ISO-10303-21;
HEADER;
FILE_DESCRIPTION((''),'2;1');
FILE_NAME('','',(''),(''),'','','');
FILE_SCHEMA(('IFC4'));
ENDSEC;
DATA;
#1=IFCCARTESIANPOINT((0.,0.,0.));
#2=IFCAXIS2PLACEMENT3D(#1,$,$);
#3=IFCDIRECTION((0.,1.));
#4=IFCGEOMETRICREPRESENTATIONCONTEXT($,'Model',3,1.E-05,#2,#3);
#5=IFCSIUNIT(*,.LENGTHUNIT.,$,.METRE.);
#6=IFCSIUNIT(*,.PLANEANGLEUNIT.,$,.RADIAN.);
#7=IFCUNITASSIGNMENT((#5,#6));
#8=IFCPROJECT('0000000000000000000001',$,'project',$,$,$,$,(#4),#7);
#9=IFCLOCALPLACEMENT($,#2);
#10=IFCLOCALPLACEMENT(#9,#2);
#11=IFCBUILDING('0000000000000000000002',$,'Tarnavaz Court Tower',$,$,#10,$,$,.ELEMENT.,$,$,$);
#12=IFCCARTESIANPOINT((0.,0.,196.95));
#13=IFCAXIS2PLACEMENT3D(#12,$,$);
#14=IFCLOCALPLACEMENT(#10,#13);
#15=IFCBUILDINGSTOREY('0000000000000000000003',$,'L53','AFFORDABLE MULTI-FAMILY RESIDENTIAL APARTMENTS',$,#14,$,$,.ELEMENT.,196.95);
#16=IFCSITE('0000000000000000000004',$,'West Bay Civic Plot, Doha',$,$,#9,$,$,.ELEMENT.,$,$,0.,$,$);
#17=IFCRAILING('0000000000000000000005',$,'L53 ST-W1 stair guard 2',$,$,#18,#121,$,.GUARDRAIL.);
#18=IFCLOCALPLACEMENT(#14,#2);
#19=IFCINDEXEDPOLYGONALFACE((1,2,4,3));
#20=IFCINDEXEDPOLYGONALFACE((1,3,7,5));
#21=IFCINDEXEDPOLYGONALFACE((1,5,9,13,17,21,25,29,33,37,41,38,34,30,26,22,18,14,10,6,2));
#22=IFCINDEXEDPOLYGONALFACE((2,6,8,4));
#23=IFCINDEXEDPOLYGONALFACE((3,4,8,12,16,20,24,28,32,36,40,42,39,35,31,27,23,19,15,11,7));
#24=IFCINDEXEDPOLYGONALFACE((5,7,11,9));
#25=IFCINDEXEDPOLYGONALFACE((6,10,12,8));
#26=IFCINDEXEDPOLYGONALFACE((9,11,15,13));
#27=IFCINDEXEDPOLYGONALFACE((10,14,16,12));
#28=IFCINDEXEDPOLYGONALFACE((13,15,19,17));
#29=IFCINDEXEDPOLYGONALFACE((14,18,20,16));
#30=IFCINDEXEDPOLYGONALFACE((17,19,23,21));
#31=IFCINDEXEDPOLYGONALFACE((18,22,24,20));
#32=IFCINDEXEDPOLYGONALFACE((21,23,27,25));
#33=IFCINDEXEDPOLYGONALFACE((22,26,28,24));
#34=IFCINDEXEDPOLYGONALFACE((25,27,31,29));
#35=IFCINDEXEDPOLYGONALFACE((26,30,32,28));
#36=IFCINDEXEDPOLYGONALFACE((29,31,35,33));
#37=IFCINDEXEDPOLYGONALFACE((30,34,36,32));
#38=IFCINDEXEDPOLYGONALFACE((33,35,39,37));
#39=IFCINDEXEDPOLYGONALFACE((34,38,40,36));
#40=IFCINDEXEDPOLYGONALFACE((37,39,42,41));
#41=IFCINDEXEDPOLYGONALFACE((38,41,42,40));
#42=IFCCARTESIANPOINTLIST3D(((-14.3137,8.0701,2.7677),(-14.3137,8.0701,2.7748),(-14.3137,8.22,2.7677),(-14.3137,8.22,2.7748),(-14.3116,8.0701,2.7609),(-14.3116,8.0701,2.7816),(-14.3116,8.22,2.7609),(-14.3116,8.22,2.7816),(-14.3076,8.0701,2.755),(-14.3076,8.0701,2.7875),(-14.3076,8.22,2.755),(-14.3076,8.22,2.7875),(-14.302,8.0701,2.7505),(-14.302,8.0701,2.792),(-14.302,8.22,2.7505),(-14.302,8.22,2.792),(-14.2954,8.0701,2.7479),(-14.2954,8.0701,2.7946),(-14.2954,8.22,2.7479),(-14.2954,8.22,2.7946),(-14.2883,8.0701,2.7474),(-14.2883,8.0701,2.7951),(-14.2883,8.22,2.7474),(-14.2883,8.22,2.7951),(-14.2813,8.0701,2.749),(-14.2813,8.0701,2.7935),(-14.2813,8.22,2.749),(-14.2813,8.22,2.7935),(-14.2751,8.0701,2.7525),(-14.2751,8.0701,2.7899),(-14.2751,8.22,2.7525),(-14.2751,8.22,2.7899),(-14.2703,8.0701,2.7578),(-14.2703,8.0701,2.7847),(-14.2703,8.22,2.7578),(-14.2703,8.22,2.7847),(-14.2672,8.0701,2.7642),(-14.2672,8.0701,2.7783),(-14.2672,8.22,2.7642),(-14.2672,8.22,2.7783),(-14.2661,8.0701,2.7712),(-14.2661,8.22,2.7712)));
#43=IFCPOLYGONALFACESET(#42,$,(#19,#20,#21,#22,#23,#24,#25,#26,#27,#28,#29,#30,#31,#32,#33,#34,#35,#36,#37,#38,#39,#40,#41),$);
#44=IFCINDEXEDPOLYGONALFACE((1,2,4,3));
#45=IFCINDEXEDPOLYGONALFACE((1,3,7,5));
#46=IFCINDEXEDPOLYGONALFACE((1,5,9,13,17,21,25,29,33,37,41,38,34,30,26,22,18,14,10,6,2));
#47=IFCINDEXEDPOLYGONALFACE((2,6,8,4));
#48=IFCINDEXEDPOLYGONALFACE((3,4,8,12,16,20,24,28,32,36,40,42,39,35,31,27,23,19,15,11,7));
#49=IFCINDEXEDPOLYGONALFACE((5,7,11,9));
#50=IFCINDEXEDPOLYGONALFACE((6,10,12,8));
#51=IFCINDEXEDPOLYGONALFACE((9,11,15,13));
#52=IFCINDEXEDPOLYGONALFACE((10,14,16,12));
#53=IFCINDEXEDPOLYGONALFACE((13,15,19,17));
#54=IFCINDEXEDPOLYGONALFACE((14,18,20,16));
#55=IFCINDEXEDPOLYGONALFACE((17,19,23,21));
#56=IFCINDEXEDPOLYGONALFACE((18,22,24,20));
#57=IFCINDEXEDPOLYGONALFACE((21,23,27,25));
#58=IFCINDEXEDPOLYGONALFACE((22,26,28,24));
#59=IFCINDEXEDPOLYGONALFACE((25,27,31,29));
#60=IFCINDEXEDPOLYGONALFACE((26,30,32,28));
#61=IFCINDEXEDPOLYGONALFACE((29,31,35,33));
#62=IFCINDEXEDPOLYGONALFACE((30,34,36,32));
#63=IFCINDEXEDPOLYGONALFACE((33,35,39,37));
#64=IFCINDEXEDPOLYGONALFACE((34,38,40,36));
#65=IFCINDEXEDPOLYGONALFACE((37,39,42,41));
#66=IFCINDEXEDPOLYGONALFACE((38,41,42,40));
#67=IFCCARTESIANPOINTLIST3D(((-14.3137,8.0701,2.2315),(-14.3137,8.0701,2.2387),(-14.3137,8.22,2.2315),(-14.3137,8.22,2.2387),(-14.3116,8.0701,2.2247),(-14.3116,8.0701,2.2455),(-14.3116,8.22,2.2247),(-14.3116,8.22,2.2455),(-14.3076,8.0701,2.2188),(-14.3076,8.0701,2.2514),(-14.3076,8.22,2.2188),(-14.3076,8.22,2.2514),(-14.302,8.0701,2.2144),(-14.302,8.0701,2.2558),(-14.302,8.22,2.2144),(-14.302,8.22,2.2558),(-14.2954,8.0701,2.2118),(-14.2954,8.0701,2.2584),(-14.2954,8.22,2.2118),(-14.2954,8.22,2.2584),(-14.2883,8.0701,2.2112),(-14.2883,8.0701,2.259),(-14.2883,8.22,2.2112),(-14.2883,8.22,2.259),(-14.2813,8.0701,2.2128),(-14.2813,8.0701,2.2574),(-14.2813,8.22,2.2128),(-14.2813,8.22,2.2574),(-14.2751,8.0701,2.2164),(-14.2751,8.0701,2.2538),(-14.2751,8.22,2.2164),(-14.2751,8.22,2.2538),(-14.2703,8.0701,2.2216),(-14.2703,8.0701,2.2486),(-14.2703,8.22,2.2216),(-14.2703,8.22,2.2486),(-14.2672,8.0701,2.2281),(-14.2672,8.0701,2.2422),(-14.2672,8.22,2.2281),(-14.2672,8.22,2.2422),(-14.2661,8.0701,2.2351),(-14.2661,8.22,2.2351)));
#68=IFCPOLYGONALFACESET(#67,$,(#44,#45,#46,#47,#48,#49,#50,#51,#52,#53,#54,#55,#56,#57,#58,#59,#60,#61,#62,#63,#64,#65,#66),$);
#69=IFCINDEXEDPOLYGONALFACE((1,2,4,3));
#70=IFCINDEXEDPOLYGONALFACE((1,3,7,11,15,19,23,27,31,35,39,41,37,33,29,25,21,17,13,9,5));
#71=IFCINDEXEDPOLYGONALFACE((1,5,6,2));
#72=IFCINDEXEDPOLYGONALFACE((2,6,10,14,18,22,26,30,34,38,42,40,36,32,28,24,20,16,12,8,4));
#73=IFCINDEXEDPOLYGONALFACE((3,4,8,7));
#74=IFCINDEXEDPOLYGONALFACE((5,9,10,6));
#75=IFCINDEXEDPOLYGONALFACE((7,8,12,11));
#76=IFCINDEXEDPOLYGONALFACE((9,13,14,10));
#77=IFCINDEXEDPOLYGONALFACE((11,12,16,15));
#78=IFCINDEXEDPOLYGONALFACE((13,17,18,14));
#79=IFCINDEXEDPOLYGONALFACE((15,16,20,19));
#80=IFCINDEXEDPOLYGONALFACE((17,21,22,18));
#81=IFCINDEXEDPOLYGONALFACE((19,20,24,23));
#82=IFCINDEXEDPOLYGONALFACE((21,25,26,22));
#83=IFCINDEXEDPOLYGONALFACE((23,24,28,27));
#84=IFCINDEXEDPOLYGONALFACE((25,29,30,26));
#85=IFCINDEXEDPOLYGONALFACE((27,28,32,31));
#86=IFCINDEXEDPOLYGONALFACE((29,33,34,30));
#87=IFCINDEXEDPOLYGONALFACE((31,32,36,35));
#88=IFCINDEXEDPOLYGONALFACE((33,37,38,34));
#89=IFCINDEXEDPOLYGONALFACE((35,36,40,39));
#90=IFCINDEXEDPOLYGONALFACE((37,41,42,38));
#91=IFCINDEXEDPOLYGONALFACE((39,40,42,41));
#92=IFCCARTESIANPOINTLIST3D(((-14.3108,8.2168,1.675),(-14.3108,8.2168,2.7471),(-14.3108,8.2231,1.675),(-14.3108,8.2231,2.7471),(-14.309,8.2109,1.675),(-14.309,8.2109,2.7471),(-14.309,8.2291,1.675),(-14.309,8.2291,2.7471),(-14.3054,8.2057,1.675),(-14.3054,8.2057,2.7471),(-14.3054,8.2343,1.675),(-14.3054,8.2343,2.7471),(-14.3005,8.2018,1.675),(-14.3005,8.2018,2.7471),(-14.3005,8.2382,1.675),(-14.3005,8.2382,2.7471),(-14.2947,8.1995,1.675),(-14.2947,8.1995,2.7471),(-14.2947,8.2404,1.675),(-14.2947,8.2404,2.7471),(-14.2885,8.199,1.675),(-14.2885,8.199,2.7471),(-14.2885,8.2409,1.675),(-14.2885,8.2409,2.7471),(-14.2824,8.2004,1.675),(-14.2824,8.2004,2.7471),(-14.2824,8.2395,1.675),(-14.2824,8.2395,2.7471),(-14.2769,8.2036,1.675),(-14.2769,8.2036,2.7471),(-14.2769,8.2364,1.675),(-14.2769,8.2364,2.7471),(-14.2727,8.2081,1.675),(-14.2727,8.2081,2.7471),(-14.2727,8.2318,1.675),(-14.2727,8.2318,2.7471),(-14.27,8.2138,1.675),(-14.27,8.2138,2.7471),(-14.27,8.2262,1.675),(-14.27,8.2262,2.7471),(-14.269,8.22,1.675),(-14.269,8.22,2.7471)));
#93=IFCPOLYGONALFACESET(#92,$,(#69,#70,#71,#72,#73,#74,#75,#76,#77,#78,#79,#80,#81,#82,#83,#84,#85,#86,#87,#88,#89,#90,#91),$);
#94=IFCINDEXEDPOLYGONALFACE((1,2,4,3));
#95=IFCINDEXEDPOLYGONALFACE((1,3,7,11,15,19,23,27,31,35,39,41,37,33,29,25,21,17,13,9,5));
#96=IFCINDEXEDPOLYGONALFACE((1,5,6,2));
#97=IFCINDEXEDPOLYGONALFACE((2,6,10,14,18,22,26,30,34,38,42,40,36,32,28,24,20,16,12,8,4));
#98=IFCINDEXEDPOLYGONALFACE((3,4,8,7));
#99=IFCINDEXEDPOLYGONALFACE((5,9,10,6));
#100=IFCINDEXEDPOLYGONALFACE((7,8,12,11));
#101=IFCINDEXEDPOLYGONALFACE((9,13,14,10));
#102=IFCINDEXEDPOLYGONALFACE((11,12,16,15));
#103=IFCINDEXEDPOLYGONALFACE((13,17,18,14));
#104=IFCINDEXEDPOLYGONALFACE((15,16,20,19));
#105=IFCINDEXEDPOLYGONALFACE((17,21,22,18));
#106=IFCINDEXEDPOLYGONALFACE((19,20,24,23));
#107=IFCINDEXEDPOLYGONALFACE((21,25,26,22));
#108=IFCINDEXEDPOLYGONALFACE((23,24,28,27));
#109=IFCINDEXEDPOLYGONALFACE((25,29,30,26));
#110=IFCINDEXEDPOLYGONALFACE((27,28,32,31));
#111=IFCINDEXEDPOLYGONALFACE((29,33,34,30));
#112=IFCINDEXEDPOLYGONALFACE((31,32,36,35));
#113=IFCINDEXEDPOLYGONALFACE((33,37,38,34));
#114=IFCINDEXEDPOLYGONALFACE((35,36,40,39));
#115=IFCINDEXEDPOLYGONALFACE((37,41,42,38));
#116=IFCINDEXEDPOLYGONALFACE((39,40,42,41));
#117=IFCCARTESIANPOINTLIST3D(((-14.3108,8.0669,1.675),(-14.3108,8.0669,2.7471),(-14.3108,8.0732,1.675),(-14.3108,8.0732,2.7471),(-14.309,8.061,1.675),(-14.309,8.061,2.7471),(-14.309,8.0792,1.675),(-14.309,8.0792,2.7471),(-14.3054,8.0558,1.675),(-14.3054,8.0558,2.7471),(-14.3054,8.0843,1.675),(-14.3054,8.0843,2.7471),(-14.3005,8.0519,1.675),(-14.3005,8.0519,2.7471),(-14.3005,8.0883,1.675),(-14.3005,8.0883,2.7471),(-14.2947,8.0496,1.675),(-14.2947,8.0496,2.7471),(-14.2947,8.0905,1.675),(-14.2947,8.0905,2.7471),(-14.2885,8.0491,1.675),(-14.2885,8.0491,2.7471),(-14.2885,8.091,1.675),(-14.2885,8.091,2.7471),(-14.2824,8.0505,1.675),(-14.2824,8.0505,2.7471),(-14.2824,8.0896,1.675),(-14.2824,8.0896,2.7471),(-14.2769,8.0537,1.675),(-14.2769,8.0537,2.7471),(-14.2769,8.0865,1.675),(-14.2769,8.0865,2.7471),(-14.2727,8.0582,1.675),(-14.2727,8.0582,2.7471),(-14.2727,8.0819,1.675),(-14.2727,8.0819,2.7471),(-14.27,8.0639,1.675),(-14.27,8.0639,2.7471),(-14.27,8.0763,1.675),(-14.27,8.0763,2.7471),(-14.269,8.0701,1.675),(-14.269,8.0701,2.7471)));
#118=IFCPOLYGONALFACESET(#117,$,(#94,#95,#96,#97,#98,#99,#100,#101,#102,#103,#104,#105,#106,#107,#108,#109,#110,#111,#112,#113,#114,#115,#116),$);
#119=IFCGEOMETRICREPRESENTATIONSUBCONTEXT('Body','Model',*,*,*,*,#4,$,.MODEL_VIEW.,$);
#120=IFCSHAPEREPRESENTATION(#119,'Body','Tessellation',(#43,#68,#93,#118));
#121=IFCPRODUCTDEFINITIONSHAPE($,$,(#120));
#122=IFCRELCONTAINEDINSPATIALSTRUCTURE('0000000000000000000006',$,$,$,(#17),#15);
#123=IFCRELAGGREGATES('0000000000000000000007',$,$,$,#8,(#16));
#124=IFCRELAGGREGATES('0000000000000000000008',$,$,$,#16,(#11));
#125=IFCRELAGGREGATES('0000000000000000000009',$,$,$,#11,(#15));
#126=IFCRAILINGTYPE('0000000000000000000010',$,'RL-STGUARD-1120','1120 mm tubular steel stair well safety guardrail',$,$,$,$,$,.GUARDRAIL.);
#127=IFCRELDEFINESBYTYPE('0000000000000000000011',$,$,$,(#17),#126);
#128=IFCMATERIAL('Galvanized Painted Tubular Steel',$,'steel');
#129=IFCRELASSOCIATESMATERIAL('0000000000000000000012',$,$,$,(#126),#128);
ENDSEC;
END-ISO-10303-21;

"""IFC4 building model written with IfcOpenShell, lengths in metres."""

from ifc_helpers import new_model, si_unit, direction, frame, origin, origin_2d, place, context, subcontext, project, spatial, circle, extrude, material, type_object, element, save


model = new_model("IFC4")

# Units and contexts
model_context = context("Model", 3, precision=1e-05, world=origin(), true_north=direction((0.0, 1.0)))
body_context = subcontext(model_context, "Body", "Model", "MODEL_VIEW")
ifc_project = project(units=[si_unit("LENGTHUNIT", "METRE"), si_unit("PLANEANGLEUNIT", "RADIAN")], contexts=[model_context])

# Site, building, storey
site_placement = place(None, origin())
site = spatial("IfcSite", under=ifc_project, at=site_placement, Name="West Bay Civic Plot, Doha", CompositionType="ELEMENT", RefElevation=0.0)
building_placement = place(site_placement, origin())
building = spatial("IfcBuilding", under=site, at=building_placement, Name="Tarnavaz Court Tower", CompositionType="ELEMENT")
storey_placement = place(building_placement, frame((0.0, 0.0, 196.95)))
storey = spatial("IfcBuildingStorey", under=building, at=storey_placement, Name="L53", Description="AFFORDABLE MULTI-FAMILY RESIDENTIAL APARTMENTS", CompositionType="ELEMENT", Elevation=196.95)

# Railing
ifc_material_1 = material(Name="Galvanized Painted Tubular Steel", Category="steel")
railing_type_1 = type_object("IfcRailingType", Name="RL-STGUARD-1120", Description="1120 mm tubular steel stair well safety guardrail", PredefinedType="GUARDRAIL", material=ifc_material_1)
railing_1_placement = place(storey_placement, frame((-14.29, 8.22, 1.675)))
element("IfcRailing", 1, at=railing_1_placement, inside=storey, type_object=railing_type_1, Name="L53 ST-W1 stair guard 2", PredefinedType="GUARDRAIL", context=body_context, shape_type="SweptSolid", body=[
    extrude(circle(Radius=0.0239, at=origin_2d()), frame((0.0, 0.0, 1.0962), z_axis=(0.0, -1.0, 0.0), x_axis=(1.0, 0.0, 0.0)), (0.0, 0.0, 1.0), 0.1499),
    extrude(circle(Radius=0.0239, at=origin_2d()), frame((0.0, 0.0, 0.5601), z_axis=(0.0, -1.0, 0.0), x_axis=(1.0, 0.0, 0.0)), (0.0, 0.0, 1.0), 0.1499),
    extrude(circle(Radius=0.021, at=origin_2d()), origin(), (0.0, 0.0, 1.0), 1.072),
    extrude(circle(Radius=0.021, at=origin_2d()), frame((0.0, -0.1499, 0.0)), (0.0, 0.0, 1.0), 1.072),
])

save(model, "model.ifc")
